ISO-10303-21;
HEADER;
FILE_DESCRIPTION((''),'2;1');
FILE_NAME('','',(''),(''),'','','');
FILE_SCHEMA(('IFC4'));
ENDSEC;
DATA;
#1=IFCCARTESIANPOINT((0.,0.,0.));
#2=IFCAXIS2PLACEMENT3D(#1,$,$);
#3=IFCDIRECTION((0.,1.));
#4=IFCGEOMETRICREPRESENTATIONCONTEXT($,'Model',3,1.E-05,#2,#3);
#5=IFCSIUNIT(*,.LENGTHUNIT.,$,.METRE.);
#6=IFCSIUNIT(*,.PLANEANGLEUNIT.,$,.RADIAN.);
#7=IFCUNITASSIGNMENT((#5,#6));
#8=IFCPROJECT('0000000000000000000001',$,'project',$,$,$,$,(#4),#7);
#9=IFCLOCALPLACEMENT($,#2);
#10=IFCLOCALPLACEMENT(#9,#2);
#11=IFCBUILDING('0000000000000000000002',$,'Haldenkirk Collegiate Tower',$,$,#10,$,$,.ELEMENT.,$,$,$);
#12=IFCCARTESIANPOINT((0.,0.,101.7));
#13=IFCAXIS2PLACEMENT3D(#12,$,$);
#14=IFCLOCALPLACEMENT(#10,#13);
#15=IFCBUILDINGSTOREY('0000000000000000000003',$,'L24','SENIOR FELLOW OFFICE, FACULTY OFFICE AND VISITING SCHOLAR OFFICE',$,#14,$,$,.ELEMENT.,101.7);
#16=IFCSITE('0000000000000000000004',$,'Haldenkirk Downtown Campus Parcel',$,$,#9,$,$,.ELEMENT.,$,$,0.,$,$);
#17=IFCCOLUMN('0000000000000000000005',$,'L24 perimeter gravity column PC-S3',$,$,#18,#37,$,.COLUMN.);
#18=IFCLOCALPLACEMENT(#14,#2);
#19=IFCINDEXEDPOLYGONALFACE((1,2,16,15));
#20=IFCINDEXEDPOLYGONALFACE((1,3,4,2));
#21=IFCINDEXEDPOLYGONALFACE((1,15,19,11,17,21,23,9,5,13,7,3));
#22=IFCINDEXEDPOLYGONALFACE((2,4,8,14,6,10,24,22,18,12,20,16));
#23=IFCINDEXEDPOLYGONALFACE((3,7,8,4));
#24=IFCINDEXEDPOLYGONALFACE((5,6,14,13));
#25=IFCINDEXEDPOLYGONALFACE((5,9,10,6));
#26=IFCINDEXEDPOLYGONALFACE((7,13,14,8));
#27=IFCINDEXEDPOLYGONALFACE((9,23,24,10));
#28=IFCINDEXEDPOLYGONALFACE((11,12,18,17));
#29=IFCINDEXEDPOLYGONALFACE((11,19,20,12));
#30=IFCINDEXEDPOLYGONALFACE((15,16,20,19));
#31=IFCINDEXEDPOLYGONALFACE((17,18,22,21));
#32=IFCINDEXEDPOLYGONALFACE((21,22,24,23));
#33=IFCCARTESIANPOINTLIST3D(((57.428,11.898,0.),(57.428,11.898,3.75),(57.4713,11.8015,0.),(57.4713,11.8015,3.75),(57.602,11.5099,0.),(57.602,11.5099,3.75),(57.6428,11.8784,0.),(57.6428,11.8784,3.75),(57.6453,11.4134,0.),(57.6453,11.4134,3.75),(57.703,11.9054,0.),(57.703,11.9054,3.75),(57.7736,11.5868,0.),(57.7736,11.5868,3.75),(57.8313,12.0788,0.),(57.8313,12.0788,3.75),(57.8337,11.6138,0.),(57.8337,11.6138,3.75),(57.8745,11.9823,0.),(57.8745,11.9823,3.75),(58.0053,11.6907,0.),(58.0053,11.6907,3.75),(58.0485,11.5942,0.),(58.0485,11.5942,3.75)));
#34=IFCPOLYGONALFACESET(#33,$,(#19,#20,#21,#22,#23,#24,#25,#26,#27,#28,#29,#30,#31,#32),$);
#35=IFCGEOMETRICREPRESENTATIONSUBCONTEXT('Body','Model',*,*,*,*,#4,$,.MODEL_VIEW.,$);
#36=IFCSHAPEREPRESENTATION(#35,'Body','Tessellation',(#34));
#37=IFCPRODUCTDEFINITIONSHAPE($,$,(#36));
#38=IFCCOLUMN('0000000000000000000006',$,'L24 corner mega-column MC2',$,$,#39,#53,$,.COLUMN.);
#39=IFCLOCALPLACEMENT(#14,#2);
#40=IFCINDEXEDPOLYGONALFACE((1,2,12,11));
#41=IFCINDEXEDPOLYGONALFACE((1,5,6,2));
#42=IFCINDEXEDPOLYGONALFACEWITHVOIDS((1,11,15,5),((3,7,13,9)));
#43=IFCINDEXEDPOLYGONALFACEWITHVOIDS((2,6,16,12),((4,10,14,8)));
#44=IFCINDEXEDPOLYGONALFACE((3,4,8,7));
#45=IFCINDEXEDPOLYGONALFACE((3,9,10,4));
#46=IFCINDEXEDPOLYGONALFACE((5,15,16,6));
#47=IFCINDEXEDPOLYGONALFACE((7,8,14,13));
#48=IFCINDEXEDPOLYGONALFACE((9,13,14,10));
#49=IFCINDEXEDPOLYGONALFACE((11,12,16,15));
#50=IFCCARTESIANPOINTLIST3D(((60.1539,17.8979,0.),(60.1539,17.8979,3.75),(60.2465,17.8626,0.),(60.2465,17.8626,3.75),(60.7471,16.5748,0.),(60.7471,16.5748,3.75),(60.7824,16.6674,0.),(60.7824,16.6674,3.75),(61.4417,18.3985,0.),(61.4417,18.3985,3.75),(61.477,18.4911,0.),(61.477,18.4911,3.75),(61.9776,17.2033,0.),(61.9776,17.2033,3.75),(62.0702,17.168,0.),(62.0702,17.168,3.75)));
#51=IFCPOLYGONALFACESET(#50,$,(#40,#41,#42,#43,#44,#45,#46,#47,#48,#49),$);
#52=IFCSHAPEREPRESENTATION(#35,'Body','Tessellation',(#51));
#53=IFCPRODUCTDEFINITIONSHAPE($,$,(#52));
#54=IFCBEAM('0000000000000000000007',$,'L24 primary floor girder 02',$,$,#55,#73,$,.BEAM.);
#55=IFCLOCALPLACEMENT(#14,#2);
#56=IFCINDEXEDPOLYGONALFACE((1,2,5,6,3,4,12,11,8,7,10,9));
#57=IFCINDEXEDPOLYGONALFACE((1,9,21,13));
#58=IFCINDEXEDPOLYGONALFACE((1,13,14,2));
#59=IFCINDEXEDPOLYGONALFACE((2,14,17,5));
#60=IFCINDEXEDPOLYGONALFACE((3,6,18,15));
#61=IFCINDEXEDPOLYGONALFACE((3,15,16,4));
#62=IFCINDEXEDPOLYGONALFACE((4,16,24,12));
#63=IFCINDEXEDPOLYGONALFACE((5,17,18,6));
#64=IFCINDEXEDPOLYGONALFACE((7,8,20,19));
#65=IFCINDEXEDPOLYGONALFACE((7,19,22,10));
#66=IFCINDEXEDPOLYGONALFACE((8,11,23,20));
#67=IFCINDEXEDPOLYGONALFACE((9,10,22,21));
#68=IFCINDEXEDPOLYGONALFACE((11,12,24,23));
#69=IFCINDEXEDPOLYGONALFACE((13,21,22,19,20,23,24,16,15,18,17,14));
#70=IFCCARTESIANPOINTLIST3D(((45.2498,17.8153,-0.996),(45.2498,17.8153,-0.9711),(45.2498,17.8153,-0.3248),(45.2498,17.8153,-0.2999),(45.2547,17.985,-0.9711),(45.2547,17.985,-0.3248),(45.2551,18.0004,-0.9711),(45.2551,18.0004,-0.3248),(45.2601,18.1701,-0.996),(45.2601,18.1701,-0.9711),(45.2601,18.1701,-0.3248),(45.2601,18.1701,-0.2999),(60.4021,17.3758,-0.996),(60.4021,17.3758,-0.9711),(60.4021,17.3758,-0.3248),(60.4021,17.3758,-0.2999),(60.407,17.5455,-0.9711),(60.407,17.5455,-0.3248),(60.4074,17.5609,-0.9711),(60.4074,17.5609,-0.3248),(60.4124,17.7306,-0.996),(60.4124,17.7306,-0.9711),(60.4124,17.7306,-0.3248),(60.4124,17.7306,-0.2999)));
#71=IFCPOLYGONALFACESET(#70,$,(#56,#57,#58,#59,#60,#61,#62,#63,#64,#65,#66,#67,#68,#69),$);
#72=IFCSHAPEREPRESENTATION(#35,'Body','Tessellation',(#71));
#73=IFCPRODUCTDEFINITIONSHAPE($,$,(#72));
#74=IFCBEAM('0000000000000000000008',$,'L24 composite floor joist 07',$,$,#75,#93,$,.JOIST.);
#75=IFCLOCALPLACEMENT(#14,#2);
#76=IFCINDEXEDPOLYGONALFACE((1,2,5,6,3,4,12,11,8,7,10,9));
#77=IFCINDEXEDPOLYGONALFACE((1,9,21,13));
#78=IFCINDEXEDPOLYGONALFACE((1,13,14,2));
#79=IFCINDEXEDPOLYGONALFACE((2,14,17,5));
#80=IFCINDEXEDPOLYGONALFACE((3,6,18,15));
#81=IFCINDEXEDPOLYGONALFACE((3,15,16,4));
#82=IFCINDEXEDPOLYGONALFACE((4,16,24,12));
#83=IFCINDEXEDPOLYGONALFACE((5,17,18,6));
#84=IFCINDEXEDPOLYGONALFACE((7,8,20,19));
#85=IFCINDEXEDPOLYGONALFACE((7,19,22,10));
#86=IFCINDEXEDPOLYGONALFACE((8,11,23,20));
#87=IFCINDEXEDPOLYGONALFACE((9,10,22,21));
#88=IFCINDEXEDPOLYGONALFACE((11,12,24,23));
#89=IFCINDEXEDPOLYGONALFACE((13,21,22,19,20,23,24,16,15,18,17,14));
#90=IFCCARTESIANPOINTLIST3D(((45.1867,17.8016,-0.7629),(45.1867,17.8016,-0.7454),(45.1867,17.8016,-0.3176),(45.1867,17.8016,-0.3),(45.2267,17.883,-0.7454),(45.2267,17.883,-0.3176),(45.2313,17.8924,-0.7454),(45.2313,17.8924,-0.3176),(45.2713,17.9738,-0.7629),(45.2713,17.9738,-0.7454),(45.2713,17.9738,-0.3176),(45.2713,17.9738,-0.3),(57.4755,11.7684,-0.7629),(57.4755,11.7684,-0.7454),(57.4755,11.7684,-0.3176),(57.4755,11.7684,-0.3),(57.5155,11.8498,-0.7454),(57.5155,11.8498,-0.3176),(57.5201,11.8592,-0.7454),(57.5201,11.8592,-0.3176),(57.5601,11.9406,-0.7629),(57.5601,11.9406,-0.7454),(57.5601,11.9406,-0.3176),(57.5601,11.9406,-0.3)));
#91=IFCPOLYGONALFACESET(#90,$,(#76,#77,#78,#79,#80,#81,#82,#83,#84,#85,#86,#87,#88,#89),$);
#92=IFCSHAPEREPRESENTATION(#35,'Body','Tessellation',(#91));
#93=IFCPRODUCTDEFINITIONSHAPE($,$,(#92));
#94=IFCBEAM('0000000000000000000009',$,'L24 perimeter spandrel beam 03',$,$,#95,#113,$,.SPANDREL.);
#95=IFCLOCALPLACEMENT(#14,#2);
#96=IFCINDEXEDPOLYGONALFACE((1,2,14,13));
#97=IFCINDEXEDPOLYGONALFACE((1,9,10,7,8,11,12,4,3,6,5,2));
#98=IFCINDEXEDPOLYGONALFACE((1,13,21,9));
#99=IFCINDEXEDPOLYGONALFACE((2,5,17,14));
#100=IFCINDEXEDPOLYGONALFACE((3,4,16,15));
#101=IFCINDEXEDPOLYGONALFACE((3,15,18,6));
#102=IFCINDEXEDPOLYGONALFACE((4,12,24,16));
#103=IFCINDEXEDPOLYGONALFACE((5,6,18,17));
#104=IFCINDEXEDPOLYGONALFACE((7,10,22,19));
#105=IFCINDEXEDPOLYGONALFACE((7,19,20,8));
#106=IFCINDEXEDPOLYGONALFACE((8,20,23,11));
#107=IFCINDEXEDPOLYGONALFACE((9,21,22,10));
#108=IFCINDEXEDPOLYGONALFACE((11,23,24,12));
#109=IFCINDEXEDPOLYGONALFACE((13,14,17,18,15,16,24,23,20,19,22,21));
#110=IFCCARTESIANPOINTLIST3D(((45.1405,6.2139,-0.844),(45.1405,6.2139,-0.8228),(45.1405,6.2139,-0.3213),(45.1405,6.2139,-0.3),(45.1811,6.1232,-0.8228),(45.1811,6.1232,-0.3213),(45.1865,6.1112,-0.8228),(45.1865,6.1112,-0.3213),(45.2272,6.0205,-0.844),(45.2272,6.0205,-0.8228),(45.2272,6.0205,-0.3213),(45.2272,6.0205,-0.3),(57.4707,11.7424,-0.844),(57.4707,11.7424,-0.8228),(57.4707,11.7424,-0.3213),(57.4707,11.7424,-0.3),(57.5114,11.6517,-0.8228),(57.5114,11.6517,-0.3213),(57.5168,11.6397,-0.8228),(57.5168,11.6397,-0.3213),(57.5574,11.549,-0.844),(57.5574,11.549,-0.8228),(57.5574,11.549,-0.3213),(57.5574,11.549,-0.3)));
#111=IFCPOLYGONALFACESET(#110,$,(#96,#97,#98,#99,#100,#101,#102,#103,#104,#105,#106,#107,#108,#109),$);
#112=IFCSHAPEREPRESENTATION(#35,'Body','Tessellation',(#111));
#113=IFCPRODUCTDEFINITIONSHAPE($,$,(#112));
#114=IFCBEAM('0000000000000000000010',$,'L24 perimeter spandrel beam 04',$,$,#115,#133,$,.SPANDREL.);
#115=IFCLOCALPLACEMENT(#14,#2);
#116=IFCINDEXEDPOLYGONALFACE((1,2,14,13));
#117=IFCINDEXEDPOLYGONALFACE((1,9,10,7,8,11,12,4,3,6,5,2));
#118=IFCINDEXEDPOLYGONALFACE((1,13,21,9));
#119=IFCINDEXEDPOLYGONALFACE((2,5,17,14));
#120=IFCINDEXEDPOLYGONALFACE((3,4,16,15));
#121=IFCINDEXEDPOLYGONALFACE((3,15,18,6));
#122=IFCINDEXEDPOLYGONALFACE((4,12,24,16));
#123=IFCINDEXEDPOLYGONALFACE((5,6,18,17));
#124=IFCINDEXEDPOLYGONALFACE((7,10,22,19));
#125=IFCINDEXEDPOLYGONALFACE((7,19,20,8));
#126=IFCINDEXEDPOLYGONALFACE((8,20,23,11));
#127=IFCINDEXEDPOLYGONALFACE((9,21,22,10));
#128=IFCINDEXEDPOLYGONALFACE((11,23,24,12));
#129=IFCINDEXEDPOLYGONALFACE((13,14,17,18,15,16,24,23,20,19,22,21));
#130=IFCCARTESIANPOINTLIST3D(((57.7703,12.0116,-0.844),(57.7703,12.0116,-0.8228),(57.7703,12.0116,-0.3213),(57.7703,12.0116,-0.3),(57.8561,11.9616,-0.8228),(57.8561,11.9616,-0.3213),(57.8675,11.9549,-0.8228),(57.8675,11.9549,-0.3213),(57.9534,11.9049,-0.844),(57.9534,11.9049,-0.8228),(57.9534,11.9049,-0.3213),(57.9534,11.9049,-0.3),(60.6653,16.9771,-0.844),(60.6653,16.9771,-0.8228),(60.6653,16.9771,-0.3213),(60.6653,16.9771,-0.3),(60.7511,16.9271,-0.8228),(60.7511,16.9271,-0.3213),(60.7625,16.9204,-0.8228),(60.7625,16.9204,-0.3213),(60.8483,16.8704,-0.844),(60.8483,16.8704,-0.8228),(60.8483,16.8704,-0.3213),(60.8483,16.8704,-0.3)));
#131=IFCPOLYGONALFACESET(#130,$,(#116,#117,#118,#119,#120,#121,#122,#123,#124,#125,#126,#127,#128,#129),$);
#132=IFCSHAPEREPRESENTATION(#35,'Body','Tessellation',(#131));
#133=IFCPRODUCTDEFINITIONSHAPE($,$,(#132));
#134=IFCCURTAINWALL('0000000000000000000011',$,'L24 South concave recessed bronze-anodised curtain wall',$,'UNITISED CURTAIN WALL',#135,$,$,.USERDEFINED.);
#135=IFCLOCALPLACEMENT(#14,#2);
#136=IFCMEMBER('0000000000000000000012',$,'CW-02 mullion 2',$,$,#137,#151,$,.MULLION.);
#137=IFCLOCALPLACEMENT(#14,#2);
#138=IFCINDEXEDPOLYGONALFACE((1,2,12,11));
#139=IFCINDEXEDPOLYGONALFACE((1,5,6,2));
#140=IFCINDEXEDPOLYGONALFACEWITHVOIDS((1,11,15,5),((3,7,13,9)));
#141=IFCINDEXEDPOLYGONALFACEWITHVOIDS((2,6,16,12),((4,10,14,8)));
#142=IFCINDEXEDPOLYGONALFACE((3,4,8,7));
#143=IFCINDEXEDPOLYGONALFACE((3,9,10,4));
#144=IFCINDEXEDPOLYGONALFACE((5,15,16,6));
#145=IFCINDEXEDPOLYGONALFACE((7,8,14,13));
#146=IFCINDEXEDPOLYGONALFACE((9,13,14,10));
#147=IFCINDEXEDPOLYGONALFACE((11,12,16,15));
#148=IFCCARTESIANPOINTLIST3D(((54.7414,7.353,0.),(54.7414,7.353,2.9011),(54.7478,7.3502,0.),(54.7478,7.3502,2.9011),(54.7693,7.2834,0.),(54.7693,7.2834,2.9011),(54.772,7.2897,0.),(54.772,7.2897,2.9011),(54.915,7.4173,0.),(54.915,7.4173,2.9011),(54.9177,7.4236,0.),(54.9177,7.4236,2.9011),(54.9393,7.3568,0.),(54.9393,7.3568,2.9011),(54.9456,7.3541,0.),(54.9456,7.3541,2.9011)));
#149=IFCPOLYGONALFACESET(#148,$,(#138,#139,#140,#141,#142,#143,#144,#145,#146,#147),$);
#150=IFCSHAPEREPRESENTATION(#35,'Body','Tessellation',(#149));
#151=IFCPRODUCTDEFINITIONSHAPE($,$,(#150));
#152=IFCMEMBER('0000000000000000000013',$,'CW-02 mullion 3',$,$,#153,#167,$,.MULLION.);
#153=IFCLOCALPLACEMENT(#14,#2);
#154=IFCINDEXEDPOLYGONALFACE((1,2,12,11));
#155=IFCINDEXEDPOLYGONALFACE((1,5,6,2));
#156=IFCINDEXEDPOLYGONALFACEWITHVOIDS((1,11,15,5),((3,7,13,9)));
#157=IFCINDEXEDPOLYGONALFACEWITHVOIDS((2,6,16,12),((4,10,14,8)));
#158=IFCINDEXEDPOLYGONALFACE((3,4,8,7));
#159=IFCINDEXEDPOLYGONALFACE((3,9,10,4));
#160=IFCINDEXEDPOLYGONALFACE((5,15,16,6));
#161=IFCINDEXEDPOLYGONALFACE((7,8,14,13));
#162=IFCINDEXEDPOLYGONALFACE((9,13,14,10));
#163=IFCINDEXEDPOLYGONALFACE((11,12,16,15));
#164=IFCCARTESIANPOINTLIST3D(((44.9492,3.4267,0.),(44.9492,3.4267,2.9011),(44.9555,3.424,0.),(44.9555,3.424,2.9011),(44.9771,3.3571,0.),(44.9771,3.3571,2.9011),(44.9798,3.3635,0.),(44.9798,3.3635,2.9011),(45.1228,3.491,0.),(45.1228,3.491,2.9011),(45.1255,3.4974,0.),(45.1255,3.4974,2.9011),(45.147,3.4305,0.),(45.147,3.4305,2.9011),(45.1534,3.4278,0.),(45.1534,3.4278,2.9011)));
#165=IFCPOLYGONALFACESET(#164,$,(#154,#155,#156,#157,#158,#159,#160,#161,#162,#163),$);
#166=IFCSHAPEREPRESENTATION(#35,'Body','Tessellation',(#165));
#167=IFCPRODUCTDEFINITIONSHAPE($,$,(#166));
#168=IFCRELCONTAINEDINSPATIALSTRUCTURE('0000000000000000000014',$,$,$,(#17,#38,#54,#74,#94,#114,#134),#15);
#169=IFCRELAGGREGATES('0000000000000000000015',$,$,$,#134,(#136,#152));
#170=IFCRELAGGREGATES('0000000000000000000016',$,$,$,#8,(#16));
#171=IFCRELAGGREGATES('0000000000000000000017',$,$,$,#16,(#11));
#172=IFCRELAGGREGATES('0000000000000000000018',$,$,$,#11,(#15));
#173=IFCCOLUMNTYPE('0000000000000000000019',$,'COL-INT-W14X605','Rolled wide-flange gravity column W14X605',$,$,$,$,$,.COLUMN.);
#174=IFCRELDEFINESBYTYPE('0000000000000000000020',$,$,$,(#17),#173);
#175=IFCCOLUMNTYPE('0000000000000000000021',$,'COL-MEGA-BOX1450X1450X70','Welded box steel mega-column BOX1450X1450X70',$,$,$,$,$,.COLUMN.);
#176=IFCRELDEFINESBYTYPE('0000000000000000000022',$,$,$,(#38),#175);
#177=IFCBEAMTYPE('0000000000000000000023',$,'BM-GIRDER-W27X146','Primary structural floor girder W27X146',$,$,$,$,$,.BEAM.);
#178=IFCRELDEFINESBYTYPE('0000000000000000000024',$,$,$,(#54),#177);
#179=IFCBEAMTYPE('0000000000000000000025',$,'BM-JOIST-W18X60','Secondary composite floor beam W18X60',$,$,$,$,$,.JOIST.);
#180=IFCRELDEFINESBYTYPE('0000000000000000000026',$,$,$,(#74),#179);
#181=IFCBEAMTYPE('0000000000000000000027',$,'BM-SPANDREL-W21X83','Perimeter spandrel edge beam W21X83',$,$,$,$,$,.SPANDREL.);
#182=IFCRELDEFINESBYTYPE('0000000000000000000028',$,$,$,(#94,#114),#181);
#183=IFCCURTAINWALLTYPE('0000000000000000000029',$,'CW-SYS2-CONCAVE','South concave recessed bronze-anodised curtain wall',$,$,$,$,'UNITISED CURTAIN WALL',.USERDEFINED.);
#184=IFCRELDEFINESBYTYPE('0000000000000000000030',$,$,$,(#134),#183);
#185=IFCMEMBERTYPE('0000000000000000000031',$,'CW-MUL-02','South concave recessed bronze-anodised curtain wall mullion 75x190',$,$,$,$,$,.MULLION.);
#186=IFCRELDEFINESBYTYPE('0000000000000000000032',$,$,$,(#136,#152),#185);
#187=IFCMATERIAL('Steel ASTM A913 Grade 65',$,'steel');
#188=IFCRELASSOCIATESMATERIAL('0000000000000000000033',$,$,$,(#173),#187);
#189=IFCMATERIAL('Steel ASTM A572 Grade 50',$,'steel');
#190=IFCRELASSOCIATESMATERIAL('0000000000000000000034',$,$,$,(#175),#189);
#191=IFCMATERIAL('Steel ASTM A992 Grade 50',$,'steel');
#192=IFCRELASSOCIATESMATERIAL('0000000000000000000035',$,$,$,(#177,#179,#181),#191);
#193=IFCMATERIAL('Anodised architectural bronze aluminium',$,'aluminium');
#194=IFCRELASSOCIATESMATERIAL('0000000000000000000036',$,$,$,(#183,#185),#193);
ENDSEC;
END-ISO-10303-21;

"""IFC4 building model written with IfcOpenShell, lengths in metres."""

from ifc_helpers import new_model, si_unit, direction, frame, origin, origin_2d, place, context, subcontext, project, spatial, hollow_rectangle, i_section, extrude, material, material_profile, profile_set, type_object, element, aggregate, save


model = new_model("IFC4")

# Units and contexts
model_context = context("Model", 3, precision=1e-05, world=origin(), true_north=direction((0.0, 1.0)))
body_context = subcontext(model_context, "Body", "Model", "MODEL_VIEW")
ifc_project = project(units=[si_unit("LENGTHUNIT", "METRE"), si_unit("PLANEANGLEUNIT", "RADIAN")], contexts=[model_context])

# Site, building, storey
site_placement = place(None, origin())
site = spatial("IfcSite", under=ifc_project, at=site_placement, Name="Haldenkirk Downtown Campus Parcel", CompositionType="ELEMENT", RefElevation=0.0)
building_placement = place(site_placement, origin())
building = spatial("IfcBuilding", under=site, at=building_placement, Name="Haldenkirk Collegiate Tower", CompositionType="ELEMENT")
storey_placement = place(building_placement, frame((0.0, 0.0, 101.7)))
storey = spatial("IfcBuildingStorey", under=building, at=storey_placement, Name="L24", Description="SENIOR FELLOW OFFICE, FACULTY OFFICE AND VISITING SCHOLAR OFFICE", CompositionType="ELEMENT", Elevation=101.7)

# Columns
ifc_material_1 = material(Name="Steel ASTM A913 Grade 65", Category="steel")
ifc_material_profile_1 = material_profile(ifc_material_1, i_section(OverallWidth=0.4419, OverallDepth=0.531, WebThickness=0.0659, FlangeThickness=0.1057, at=origin_2d()), Name="W14X605")
ifc_profile_set_1 = profile_set([ifc_material_profile_1], Name="Steel ASTM A913 Grade 65")
column_type_1 = type_object("IfcColumnType", Name="COL-INT-W14X605", Description="Rolled wide-flange gravity column W14X605", PredefinedType="COLUMN", material=ifc_profile_set_1)
column_1_placement = place(storey_placement, frame((57.7383, 11.7461, 0.0), z_axis=(0.0, 0.0, 1.0), x_axis=(0.912477, 0.409127, 0.0)))
element("IfcColumn", 1, at=column_1_placement, inside=storey, type_object=column_type_1, Name="L24 perimeter gravity column PC-S3", PredefinedType="COLUMN", context=body_context, shape_type="SweptSolid", body=[
    extrude(i_section(OverallWidth=0.4419, OverallDepth=0.531, WebThickness=0.0659, FlangeThickness=0.1057, at=origin_2d()), origin(), (0.0, 0.0, 1.0), 3.75),
])
ifc_material_2 = material(Name="Steel ASTM A572 Grade 50", Category="steel")
ifc_material_profile_2 = material_profile(ifc_material_2, hollow_rectangle(XDim=1.45, YDim=1.45, WallThickness=0.0701, at=origin_2d()), Name="BOX1450X1450X70")
ifc_profile_set_2 = profile_set([ifc_material_profile_2], Name="Steel ASTM A572 Grade 50")
column_type_2 = type_object("IfcColumnType", Name="COL-MEGA-BOX1450X1450X70", Description="Welded box steel mega-column BOX1450X1450X70", PredefinedType="COLUMN", material=ifc_profile_set_2)
column_2_placement = place(storey_placement, frame((61.1121, 17.533, 0.0), z_axis=(0.0, 0.0, 1.0), x_axis=(0.912477, 0.409127, 0.0)))
element("IfcColumn", 2, at=column_2_placement, inside=storey, type_object=column_type_2, Name="L24 corner mega-column MC2", PredefinedType="COLUMN", context=body_context, shape_type="SweptSolid", body=[
    extrude(hollow_rectangle(XDim=1.45, YDim=1.45, WallThickness=0.0701, at=origin_2d()), origin(), (0.0, 0.0, 1.0), 3.75),
])

# Beams
ifc_material_3 = material(Name="Steel ASTM A992 Grade 50", Category="steel")
ifc_material_profile_3 = material_profile(ifc_material_3, i_section(OverallWidth=0.355, OverallDepth=0.696, WebThickness=0.0154, FlangeThickness=0.0249, at=origin_2d()), Name="W27X146")
ifc_profile_set_3 = profile_set([ifc_material_profile_3], Name="Steel ASTM A992 Grade 50")
beam_type_1 = type_object("IfcBeamType", Name="BM-GIRDER-W27X146", Description="Primary structural floor girder W27X146", PredefinedType="BEAM", material=ifc_profile_set_3)
beam_1_placement = place(storey_placement, frame((60.4072, 17.5532, -0.6479), z_axis=(-0.99958, 0.02899, 0.0), x_axis=(-0.02899, -0.99958, 0.0)))
element("IfcBeam", 3, at=beam_1_placement, inside=storey, type_object=beam_type_1, Name="L24 primary floor girder 02", PredefinedType="BEAM", context=body_context, shape_type="SweptSolid", body=[
    extrude(i_section(OverallWidth=0.355, OverallDepth=0.696, WebThickness=0.0154, FlangeThickness=0.0249, at=origin_2d()), origin(), (0.0, 0.0, 1.0), 15.1587),
])
ifc_material_profile_4 = material_profile(ifc_material_3, i_section(OverallWidth=0.1919, OverallDepth=0.4629, WebThickness=0.0105, FlangeThickness=0.0176, at=origin_2d()), Name="W18X60")
ifc_profile_set_4 = profile_set([ifc_material_profile_4], Name="Steel ASTM A992 Grade 50")
beam_type_2 = type_object("IfcBeamType", Name="BM-JOIST-W18X60", Description="Secondary composite floor beam W18X60", PredefinedType="JOIST", material=ifc_profile_set_4)
beam_2_placement = place(storey_placement, frame((57.5178, 11.8545, -0.5315), z_axis=(-0.897653, 0.440703, 0.0), x_axis=(-0.440703, -0.897653, 0.0)))
element("IfcBeam", 4, at=beam_2_placement, inside=storey, type_object=beam_type_2, Name="L24 composite floor joist 07", PredefinedType="JOIST", context=body_context, shape_type="SweptSolid", body=[
    extrude(i_section(OverallWidth=0.1919, OverallDepth=0.4629, WebThickness=0.0105, FlangeThickness=0.0176, at=origin_2d()), origin(), (0.0, 0.0, 1.0), 13.6899),
])
ifc_material_profile_5 = material_profile(ifc_material_3, i_section(OverallWidth=0.2119, OverallDepth=0.5439, WebThickness=0.0132, FlangeThickness=0.0212, at=origin_2d()), Name="W21X83")
ifc_profile_set_5 = profile_set([ifc_material_profile_5], Name="Steel ASTM A992 Grade 50")
beam_type_3 = type_object("IfcBeamType", Name="BM-SPANDREL-W21X83", Description="Perimeter spandrel edge beam W21X83", PredefinedType="SPANDREL", material=ifc_profile_set_5)
beam_3_placement = place(storey_placement, frame((45.1838, 6.1172, -0.572), z_axis=(0.912477, 0.409129, 0.0), x_axis=(-0.409129, 0.912477, 0.0)))
element("IfcBeam", 5, at=beam_3_placement, inside=storey, type_object=beam_type_3, Name="L24 perimeter spandrel beam 03", PredefinedType="SPANDREL", context=body_context, shape_type="SweptSolid", body=[
    extrude(i_section(OverallWidth=0.2119, OverallDepth=0.5439, WebThickness=0.0132, FlangeThickness=0.0212, at=origin_2d()), origin(), (0.0, 0.0, 1.0), 13.5129),
])
beam_4_placement = place(storey_placement, frame((57.8618, 11.9583, -0.572), z_axis=(0.503668, 0.863897, 0.0), x_axis=(-0.863897, 0.503668, 0.0)))
element("IfcBeam", 6, at=beam_4_placement, inside=storey, type_object=beam_type_3, Name="L24 perimeter spandrel beam 04", PredefinedType="SPANDREL", context=body_context, shape_type="SweptSolid", body=[
    extrude(i_section(OverallWidth=0.2119, OverallDepth=0.5439, WebThickness=0.0132, FlangeThickness=0.0212, at=origin_2d()), origin(), (0.0, 0.0, 1.0), 5.7478),
])

# Curtain wall, members
ifc_material_4 = material(Name="Anodised architectural bronze aluminium", Category="aluminium")
curtain_wall_type = type_object("IfcCurtainWallType", Name="CW-SYS2-CONCAVE", Description="South concave recessed bronze-anodised curtain wall", ElementType="UNITISED CURTAIN WALL", PredefinedType="USERDEFINED", material=ifc_material_4)
curtain_wall_placement = place(storey_placement, origin())
curtain_wall = element("IfcCurtainWall", 7, at=curtain_wall_placement, inside=storey, type_object=curtain_wall_type, Name="L24 South concave recessed bronze-anodised curtain wall", ObjectType="UNITISED CURTAIN WALL", PredefinedType="USERDEFINED")
ifc_material_profile_6 = material_profile(ifc_material_4, hollow_rectangle(XDim=0.075, YDim=0.1899, WallThickness=0.0049, at=origin_2d()), Name="CW-MUL-02")
ifc_profile_set_6 = profile_set([ifc_material_profile_6], Name="Anodised architectural bronze aluminium")
member_type_1 = type_object("IfcMemberType", Name="CW-MUL-02", Description="South concave recessed bronze-anodised curtain wall mullion 75x190", PredefinedType="MULLION", material=ifc_profile_set_6)
member_1_placement = place(storey_placement, frame((54.8435, 7.3535, 0.0), z_axis=(0.0, 0.0, 1.0), x_axis=(0.372177, -0.928162, 0.0)))
member_1 = element("IfcMember", 8, at=member_1_placement, type_object=member_type_1, Name="CW-02 mullion 2", PredefinedType="MULLION", context=body_context, shape_type="SweptSolid", body=[
    extrude(hollow_rectangle(XDim=0.075, YDim=0.1899, WallThickness=0.0049, at=origin_2d()), origin(), (0.0, 0.0, 1.0), 2.9011),
])
member_2_placement = place(storey_placement, frame((45.0513, 3.4272, 0.0), z_axis=(0.0, 0.0, 1.0), x_axis=(0.372177, -0.928162, 0.0)))
member_2 = element("IfcMember", 9, at=member_2_placement, type_object=member_type_1, Name="CW-02 mullion 3", PredefinedType="MULLION", context=body_context, shape_type="SweptSolid", body=[
    extrude(hollow_rectangle(XDim=0.075, YDim=0.1899, WallThickness=0.0049, at=origin_2d()), origin(), (0.0, 0.0, 1.0), 2.9011),
])
aggregate(curtain_wall, [member_1, member_2])

save(model, "model.ifc")
